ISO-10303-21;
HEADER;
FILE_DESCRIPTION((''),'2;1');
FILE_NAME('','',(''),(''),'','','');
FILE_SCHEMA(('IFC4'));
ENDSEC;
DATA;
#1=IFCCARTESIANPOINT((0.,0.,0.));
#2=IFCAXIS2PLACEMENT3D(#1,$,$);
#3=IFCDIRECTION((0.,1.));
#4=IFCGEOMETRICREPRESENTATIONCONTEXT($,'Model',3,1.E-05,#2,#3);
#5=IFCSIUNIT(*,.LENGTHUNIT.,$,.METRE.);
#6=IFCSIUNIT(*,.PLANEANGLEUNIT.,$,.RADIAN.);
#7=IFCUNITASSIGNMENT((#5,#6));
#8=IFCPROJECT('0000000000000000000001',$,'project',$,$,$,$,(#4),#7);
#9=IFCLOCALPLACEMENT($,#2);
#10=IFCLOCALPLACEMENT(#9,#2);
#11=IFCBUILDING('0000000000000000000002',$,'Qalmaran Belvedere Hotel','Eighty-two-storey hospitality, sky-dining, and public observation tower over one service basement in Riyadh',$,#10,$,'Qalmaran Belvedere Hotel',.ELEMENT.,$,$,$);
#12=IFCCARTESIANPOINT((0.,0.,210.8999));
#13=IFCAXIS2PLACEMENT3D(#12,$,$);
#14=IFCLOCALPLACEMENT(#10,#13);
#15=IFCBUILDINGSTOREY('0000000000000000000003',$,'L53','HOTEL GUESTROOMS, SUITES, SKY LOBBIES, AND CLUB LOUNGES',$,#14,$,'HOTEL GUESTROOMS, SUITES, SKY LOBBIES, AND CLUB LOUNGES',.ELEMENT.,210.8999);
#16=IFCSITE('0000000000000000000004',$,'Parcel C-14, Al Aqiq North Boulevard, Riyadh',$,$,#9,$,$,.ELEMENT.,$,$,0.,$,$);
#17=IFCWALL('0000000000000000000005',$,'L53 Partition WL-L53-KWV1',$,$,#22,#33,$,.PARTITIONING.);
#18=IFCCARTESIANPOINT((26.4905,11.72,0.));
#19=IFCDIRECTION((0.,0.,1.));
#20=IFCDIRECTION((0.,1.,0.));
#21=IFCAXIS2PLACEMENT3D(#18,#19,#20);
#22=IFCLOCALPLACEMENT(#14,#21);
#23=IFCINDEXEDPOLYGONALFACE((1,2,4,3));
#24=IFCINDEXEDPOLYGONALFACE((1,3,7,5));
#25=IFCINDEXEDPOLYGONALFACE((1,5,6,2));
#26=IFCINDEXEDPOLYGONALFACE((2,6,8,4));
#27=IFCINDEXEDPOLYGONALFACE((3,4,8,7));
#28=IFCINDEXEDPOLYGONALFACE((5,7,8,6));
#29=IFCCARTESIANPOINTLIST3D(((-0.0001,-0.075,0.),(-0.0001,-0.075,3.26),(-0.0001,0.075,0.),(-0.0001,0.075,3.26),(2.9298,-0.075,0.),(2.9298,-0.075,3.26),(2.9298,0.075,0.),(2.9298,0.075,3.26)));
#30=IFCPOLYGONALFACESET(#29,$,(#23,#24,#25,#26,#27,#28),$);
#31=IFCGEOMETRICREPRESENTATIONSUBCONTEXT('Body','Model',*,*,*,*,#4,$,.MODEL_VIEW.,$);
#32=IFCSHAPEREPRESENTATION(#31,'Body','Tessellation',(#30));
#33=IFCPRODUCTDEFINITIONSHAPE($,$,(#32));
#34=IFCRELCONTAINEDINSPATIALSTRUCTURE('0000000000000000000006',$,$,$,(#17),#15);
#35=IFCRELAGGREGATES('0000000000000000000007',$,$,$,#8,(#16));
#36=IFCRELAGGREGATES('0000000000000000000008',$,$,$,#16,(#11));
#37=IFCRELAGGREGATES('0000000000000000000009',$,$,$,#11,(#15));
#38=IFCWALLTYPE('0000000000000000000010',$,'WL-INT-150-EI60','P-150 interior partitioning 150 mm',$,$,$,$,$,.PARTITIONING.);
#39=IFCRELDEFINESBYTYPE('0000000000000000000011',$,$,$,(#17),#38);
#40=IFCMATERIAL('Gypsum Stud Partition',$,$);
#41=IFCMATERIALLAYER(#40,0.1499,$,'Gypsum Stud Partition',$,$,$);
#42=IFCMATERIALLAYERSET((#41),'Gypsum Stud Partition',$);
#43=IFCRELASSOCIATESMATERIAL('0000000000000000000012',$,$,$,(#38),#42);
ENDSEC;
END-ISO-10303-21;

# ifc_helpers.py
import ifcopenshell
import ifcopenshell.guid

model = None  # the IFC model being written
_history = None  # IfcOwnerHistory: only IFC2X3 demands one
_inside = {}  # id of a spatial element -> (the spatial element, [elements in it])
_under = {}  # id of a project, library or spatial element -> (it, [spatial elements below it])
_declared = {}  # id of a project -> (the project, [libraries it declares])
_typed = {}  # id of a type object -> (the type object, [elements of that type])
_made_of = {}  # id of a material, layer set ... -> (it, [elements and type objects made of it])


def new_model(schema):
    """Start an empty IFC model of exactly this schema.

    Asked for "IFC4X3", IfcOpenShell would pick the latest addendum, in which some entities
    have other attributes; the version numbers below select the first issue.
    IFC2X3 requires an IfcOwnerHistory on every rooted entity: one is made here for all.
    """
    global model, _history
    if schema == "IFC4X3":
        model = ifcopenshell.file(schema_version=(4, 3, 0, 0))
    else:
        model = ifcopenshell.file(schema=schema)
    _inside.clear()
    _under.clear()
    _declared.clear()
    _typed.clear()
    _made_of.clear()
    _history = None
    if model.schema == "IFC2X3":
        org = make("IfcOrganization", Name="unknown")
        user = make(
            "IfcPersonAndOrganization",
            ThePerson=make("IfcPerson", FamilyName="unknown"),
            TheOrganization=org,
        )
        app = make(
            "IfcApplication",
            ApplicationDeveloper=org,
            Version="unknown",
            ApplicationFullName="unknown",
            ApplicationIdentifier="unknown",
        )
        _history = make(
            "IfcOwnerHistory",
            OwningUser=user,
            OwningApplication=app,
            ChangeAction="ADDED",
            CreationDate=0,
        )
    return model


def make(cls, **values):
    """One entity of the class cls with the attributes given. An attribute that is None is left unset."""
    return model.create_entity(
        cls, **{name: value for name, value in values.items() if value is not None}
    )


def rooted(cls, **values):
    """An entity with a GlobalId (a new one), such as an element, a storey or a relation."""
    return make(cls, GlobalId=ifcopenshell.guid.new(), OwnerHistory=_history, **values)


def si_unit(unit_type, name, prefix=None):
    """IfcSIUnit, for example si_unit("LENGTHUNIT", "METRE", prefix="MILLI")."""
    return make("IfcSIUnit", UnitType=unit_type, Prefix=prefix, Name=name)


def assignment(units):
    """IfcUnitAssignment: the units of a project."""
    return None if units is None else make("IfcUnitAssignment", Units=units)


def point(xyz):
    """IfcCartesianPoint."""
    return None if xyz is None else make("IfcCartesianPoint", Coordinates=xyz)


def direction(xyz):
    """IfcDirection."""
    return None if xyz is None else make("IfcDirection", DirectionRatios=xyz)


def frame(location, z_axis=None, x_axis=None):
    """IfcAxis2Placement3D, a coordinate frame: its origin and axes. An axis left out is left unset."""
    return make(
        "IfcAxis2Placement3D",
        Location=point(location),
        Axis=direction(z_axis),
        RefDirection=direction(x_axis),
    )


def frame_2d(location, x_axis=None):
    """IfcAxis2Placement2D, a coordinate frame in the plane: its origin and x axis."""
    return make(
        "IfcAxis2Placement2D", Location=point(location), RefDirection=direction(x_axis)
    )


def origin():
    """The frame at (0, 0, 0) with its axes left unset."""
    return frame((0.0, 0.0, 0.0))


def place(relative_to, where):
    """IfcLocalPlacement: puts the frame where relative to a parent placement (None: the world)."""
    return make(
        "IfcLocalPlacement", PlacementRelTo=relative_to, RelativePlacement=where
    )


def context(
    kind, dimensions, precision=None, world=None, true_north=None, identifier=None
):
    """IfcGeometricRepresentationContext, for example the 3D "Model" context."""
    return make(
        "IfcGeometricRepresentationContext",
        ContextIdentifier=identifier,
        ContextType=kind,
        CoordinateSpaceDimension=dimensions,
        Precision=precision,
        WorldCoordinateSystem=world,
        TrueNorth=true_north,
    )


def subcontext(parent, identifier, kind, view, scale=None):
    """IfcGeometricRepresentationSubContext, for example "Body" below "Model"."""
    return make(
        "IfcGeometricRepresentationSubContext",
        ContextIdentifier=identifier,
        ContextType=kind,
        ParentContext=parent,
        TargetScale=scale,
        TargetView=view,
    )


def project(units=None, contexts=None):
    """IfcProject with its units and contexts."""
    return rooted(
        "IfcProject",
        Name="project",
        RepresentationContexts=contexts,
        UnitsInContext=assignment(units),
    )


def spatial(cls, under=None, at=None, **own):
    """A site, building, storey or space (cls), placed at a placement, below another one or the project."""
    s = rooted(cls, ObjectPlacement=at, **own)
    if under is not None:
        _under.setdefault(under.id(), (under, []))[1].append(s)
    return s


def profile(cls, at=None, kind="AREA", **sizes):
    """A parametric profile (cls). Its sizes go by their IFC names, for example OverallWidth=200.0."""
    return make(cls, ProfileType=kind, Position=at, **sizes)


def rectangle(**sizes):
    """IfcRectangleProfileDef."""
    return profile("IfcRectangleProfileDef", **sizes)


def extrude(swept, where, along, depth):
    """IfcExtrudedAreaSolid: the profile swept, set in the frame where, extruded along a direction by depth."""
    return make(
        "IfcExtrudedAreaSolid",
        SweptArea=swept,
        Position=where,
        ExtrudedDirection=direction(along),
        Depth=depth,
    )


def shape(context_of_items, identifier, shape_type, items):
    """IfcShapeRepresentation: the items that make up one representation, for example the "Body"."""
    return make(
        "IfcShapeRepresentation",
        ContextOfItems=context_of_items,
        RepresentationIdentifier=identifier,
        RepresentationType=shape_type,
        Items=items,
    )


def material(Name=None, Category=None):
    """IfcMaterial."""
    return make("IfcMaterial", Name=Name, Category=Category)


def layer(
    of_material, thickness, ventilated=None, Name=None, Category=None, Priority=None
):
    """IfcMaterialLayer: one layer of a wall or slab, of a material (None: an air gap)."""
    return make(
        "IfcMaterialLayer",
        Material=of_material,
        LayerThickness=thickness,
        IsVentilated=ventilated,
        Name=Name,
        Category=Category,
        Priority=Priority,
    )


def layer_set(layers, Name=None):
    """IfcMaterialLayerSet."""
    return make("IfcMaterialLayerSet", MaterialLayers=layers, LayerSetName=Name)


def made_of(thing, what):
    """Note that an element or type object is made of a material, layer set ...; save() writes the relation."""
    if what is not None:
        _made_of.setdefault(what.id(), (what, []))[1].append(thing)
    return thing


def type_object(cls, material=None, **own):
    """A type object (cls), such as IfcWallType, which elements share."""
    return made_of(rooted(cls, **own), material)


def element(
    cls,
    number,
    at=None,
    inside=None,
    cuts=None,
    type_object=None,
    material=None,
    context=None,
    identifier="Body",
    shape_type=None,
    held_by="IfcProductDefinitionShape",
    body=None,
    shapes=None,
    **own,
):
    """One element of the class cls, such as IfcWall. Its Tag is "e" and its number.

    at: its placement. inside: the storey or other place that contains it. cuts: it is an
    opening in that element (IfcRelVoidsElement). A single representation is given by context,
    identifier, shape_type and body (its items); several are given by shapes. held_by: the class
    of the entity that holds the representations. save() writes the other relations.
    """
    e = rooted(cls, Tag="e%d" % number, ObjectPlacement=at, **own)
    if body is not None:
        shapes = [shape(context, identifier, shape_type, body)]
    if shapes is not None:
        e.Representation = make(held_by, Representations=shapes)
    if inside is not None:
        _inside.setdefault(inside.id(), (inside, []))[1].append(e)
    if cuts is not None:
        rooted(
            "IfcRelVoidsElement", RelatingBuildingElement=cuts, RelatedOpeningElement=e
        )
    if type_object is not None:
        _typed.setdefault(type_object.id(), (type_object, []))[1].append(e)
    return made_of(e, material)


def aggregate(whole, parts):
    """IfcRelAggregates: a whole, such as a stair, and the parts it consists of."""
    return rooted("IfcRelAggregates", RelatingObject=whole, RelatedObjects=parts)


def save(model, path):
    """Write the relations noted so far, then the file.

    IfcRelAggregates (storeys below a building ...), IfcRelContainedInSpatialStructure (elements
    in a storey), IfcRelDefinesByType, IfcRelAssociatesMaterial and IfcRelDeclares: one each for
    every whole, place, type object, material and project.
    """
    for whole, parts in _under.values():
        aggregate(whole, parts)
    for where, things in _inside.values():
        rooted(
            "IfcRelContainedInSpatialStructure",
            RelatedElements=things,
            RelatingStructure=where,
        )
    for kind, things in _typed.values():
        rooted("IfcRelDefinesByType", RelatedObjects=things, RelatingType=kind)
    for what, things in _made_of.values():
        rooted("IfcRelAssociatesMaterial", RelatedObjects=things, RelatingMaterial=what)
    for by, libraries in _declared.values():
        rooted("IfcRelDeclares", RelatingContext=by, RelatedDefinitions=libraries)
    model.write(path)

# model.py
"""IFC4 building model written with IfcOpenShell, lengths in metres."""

from ifc_helpers import new_model, si_unit, direction, frame, frame_2d, origin, place, context, subcontext, project, spatial, rectangle, extrude, material, layer, layer_set, type_object, element, save


model = new_model("IFC4")

# Units and contexts
model_context = context("Model", 3, precision=1e-05, world=origin(), true_north=direction((0.0, 1.0)))
body_context = subcontext(model_context, "Body", "Model", "MODEL_VIEW")
ifc_project = project(units=[si_unit("LENGTHUNIT", "METRE"), si_unit("PLANEANGLEUNIT", "RADIAN")], contexts=[model_context])

# Site, building, storey
site_placement = place(None, origin())
site = spatial("IfcSite", under=ifc_project, at=site_placement, Name="Parcel C-14, Al Aqiq North Boulevard, Riyadh", CompositionType="ELEMENT", RefElevation=0.0)
building_placement = place(site_placement, origin())
building = spatial("IfcBuilding", under=site, at=building_placement, Name="Qalmaran Belvedere Hotel", Description="Eighty-two-storey hospitality, sky-dining, and public observation tower over one service basement in Riyadh", LongName="Qalmaran Belvedere Hotel", CompositionType="ELEMENT")
storey_placement = place(building_placement, frame((0.0, 0.0, 210.8999)))
storey = spatial("IfcBuildingStorey", under=building, at=storey_placement, Name="L53", Description="HOTEL GUESTROOMS, SUITES, SKY LOBBIES, AND CLUB LOUNGES", LongName="HOTEL GUESTROOMS, SUITES, SKY LOBBIES, AND CLUB LOUNGES", CompositionType="ELEMENT", Elevation=210.8999)

# Wall
ifc_material_1 = material(Name="Gypsum Stud Partition")
ifc_layer_1 = layer(ifc_material_1, 0.1499, Name="Gypsum Stud Partition")
ifc_layer_set_1 = layer_set([ifc_layer_1], Name="Gypsum Stud Partition")
wall_type_1 = type_object("IfcWallType", Name="WL-INT-150-EI60", Description="P-150 interior partitioning 150 mm", PredefinedType="PARTITIONING", material=ifc_layer_set_1)
wall_1_placement = place(storey_placement, frame((26.4905, 11.72, 0.0), z_axis=(0.0, 0.0, 1.0), x_axis=(0.0, 1.0, 0.0)))
element("IfcWall", 1, at=wall_1_placement, inside=storey, type_object=wall_type_1, Name="L53 Partition WL-L53-KWV1", PredefinedType="PARTITIONING", context=body_context, shape_type="SweptSolid", body=[
    extrude(rectangle(XDim=2.9299, YDim=0.1499, at=frame_2d((1.4648, 0.0))), origin(), (0.0, 0.0, 1.0), 3.26),
])

save(model, "model.ifc")
